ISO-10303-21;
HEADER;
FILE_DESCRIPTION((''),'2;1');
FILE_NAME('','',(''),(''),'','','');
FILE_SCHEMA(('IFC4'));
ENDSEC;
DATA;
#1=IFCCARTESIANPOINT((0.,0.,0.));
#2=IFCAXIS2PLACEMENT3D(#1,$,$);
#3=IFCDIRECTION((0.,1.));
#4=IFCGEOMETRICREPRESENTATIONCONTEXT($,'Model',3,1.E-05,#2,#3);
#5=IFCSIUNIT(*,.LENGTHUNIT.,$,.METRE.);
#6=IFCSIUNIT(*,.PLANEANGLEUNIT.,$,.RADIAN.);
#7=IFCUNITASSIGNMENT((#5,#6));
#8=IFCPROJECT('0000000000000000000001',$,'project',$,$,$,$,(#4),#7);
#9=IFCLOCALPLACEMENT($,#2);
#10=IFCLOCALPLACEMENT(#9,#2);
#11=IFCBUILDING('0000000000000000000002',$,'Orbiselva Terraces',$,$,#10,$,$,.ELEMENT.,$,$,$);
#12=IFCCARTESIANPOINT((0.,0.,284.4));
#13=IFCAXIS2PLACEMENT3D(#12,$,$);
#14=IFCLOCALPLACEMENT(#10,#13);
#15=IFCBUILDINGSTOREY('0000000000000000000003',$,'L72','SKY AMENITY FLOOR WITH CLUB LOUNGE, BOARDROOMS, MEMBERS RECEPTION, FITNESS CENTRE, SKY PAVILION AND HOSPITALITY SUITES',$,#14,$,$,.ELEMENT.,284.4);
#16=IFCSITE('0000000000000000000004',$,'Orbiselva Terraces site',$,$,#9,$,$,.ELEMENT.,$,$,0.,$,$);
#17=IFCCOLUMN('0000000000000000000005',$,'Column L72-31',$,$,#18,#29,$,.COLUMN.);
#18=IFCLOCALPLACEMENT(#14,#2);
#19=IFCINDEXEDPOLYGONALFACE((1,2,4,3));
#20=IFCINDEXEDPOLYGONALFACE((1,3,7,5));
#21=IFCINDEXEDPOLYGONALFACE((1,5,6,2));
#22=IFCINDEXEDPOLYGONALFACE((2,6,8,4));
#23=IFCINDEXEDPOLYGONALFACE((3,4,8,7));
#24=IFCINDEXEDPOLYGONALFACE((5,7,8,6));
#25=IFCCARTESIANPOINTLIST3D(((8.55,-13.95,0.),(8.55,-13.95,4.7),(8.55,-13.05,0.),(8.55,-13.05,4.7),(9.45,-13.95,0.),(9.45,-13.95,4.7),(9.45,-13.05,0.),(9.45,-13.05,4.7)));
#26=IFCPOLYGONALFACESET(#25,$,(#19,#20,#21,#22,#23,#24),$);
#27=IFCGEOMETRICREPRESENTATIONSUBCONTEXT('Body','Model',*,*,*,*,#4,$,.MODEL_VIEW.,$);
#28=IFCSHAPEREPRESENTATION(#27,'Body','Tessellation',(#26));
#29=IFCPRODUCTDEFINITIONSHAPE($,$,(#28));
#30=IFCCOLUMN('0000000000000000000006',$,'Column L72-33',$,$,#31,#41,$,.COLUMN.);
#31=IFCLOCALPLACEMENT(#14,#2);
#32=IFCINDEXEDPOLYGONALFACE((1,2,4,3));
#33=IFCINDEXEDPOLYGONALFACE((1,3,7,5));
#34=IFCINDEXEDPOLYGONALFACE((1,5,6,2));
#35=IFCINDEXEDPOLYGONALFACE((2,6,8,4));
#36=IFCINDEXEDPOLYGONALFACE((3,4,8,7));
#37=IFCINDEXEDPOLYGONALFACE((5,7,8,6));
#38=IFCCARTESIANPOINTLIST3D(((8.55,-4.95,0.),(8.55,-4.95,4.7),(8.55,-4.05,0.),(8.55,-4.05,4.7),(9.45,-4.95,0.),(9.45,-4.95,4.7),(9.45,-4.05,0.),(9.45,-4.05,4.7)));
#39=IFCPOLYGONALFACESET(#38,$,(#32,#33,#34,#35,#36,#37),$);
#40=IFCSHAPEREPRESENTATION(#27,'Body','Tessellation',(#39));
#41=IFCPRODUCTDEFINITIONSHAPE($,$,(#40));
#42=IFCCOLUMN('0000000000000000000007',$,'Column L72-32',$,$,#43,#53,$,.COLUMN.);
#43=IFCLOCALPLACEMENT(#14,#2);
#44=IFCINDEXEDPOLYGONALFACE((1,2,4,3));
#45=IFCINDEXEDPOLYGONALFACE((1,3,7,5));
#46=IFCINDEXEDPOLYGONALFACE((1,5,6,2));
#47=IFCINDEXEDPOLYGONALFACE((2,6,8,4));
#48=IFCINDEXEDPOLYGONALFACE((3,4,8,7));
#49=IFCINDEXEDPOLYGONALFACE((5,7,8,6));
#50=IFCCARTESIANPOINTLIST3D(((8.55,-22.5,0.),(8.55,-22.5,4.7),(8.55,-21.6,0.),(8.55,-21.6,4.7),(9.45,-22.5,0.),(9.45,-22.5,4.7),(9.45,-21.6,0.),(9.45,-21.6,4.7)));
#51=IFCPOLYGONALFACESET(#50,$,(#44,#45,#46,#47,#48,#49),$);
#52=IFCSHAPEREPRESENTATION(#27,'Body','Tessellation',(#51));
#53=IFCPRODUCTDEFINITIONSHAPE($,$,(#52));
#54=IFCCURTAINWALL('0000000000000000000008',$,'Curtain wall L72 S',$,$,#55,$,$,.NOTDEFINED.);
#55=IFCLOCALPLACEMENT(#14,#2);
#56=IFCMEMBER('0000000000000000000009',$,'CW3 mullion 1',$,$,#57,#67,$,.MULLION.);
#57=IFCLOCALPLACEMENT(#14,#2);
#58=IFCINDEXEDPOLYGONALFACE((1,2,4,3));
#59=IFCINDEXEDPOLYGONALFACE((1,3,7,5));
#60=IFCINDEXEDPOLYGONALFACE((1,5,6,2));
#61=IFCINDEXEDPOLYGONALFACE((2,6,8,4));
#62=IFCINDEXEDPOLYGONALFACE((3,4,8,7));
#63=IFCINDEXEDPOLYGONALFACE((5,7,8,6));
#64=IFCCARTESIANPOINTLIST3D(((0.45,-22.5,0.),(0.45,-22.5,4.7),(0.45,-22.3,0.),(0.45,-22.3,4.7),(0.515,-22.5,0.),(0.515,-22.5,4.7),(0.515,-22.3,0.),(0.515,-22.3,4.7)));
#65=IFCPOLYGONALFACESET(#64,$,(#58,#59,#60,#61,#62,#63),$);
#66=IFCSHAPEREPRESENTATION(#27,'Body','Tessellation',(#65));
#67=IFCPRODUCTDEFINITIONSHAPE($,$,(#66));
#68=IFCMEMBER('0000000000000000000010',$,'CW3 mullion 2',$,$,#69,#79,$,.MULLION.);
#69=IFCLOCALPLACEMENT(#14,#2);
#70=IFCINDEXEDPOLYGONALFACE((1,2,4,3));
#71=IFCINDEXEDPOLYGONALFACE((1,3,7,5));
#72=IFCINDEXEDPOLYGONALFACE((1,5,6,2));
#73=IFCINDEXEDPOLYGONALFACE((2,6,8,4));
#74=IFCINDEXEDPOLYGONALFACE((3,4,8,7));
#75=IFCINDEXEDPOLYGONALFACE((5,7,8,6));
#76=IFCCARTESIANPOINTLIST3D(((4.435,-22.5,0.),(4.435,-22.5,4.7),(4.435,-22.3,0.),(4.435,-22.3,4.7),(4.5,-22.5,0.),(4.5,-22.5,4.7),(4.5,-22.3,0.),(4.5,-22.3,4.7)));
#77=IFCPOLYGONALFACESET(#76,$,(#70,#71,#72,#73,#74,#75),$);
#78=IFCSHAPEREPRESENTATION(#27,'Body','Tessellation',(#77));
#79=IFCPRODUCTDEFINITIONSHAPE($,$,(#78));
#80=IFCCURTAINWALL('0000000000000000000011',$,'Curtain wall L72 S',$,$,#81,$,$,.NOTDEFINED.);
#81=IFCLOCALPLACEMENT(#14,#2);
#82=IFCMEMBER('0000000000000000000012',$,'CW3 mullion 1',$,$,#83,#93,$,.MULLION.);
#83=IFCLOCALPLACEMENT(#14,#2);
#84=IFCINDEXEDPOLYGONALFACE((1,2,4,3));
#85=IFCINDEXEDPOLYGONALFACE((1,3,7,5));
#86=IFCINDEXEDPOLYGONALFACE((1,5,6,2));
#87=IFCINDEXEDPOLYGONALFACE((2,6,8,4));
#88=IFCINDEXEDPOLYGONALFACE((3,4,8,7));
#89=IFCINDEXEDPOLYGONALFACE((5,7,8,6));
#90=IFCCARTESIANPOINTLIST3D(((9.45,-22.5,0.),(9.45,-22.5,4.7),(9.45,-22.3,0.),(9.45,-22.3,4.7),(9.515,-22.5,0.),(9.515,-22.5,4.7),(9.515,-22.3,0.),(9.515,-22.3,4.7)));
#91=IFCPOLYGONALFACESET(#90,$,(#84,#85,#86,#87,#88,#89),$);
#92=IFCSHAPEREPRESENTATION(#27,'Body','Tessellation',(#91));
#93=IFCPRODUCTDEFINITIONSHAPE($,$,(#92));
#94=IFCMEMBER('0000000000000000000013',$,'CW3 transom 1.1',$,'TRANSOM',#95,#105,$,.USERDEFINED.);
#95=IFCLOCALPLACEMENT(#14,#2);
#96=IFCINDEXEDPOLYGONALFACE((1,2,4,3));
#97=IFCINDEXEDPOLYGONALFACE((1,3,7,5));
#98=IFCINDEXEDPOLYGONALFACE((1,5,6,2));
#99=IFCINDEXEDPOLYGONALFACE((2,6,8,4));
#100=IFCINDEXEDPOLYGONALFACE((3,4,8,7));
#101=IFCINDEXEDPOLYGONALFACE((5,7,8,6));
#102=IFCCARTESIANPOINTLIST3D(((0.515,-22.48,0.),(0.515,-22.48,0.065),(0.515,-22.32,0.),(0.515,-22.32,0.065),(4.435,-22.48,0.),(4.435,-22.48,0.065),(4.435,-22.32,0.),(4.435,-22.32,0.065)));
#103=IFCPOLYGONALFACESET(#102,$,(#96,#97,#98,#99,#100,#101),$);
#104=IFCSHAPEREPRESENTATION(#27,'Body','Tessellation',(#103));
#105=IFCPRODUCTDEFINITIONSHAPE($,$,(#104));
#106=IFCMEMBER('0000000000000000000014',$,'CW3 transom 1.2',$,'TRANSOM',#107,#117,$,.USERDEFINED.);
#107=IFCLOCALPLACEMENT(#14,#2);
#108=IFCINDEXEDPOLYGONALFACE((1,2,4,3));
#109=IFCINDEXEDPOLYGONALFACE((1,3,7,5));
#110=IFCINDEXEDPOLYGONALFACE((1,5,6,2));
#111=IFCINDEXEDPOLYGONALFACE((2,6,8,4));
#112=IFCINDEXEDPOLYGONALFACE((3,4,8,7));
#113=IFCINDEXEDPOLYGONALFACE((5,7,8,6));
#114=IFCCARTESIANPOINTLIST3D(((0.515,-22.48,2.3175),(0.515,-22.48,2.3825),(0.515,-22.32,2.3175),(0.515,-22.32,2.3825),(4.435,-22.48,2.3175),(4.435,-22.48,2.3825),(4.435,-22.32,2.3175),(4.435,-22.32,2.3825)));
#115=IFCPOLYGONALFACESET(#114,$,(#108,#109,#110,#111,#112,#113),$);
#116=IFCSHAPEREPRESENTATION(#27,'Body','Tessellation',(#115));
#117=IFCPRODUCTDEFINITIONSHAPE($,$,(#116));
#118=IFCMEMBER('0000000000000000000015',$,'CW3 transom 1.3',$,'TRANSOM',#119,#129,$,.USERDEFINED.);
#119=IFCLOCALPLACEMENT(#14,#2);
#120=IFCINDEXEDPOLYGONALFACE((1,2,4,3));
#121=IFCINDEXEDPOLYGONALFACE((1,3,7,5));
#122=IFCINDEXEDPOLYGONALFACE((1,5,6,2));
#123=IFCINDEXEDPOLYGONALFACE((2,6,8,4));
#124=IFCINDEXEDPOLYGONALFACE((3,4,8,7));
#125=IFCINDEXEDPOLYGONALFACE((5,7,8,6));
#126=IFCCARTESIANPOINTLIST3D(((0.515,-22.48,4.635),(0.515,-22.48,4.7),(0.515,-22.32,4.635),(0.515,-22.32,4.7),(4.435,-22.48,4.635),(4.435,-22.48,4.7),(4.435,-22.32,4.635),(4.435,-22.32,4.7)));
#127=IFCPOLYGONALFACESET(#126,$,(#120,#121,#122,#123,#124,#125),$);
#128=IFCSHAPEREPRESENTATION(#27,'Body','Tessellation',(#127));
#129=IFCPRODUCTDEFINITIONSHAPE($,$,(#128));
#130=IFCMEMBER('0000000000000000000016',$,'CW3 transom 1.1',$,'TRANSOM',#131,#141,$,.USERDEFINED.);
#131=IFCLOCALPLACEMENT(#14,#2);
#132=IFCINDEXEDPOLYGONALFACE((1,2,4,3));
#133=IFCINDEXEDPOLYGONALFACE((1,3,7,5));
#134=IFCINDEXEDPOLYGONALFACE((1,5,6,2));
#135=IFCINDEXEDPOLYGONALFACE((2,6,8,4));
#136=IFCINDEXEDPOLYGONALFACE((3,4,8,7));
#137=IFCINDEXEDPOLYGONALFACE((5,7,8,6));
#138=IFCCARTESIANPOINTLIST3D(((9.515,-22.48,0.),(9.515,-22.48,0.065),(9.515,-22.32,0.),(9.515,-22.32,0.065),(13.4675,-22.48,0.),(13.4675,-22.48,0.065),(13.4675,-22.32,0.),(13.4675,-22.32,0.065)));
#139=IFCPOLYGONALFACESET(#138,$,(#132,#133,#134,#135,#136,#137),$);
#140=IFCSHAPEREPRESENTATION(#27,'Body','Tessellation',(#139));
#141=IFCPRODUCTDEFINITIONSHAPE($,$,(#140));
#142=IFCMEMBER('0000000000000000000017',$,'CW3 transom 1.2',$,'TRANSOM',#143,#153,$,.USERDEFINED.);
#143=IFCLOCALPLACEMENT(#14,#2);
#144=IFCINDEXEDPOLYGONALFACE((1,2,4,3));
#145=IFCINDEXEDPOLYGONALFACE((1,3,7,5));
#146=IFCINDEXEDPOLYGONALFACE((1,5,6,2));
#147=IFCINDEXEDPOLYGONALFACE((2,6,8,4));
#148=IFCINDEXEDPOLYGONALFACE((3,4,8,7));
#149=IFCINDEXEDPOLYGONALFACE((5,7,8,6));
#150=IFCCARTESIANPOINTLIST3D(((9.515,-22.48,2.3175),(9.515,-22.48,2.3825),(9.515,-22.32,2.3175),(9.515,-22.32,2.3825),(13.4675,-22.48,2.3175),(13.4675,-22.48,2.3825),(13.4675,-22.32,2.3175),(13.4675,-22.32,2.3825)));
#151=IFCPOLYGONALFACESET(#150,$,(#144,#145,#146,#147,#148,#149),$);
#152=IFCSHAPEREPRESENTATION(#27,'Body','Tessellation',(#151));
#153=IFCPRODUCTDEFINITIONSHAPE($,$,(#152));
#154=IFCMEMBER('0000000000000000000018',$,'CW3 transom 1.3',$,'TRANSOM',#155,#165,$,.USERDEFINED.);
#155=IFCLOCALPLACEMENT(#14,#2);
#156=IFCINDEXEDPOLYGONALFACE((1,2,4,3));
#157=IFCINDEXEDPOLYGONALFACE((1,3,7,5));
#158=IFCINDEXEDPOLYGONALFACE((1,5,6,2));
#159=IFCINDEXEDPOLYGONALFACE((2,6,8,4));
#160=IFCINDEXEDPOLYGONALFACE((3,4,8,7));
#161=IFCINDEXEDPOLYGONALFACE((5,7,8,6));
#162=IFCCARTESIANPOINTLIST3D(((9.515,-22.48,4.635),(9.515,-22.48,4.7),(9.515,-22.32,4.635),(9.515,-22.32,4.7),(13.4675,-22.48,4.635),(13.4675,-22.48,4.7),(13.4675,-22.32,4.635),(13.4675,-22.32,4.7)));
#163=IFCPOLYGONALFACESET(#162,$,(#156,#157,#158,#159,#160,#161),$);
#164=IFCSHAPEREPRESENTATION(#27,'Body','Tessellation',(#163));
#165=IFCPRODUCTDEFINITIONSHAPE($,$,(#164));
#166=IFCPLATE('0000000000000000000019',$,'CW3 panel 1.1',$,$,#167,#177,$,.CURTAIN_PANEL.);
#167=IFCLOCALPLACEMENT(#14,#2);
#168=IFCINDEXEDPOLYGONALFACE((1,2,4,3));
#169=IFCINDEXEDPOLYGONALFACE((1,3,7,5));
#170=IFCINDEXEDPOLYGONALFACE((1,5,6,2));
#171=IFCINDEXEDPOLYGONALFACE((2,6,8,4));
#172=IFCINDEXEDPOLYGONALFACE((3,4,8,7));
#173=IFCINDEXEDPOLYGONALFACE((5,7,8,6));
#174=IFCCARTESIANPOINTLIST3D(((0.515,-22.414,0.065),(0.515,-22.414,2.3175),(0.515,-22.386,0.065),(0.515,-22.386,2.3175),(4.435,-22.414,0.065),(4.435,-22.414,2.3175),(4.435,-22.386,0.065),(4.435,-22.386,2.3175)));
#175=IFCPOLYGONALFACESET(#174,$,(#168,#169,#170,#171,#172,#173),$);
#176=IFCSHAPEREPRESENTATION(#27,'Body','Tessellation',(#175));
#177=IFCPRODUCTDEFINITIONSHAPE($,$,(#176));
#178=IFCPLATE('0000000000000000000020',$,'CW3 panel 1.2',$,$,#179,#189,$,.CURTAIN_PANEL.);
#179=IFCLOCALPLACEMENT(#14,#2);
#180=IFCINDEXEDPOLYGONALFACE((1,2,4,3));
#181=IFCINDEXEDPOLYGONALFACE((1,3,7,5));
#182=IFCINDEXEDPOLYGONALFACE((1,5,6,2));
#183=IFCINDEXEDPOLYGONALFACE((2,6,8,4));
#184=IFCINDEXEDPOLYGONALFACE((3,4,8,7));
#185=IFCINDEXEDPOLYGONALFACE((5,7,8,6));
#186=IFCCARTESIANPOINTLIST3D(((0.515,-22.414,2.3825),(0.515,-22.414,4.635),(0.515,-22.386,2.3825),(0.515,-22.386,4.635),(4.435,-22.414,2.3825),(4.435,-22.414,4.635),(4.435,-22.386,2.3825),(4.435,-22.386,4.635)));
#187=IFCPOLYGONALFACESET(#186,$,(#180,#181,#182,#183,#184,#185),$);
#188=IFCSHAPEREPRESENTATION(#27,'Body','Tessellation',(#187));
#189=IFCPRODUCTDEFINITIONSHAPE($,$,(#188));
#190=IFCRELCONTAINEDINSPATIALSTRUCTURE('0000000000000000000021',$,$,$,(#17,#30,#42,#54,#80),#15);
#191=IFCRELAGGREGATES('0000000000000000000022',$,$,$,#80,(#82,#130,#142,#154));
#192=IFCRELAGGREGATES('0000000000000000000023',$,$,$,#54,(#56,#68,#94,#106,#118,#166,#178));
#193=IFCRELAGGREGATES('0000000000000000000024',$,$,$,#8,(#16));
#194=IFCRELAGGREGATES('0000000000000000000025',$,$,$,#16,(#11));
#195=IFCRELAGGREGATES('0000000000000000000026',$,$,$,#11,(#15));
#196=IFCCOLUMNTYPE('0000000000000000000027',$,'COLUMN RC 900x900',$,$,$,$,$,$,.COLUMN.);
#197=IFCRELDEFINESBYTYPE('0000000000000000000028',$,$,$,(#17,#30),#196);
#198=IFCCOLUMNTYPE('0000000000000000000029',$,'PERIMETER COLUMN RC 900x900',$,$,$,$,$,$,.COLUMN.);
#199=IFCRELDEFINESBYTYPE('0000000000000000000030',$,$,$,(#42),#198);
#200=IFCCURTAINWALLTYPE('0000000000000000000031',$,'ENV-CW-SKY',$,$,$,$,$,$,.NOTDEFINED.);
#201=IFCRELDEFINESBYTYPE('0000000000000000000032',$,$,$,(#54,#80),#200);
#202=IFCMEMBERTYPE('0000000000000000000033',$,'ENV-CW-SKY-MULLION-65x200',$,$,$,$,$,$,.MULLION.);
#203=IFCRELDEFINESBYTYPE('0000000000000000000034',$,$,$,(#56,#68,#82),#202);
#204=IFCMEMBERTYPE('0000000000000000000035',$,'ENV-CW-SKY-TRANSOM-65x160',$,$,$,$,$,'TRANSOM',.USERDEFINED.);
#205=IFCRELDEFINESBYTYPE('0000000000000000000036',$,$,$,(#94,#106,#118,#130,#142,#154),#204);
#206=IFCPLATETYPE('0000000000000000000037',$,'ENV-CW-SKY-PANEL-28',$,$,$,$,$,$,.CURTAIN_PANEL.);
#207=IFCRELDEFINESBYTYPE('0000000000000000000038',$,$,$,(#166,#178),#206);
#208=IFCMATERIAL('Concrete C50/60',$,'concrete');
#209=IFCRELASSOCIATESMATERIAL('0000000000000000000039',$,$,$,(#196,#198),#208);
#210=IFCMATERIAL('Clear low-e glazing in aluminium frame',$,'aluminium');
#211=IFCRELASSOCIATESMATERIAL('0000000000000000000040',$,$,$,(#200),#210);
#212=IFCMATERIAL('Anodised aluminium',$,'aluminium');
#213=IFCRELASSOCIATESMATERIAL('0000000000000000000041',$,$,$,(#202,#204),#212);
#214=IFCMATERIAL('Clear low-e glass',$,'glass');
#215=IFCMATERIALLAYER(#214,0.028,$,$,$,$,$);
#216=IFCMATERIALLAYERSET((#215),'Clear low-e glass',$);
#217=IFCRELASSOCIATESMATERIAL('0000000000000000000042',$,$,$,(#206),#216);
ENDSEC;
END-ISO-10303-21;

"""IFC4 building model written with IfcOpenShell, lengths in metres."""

from ifc_helpers import new_model, si_unit, direction, frame, origin, origin_2d, place, context, subcontext, project, spatial, rectangle, extrude, material, layer, layer_set, material_profile, profile_set, type_object, element, aggregate, save


model = new_model("IFC4")

# Units and contexts
model_context = context("Model", 3, precision=1e-05, world=origin(), true_north=direction((0.0, 1.0)))
body_context = subcontext(model_context, "Body", "Model", "MODEL_VIEW")
ifc_project = project(units=[si_unit("LENGTHUNIT", "METRE"), si_unit("PLANEANGLEUNIT", "RADIAN")], contexts=[model_context])

# Site, building, storey
site_placement = place(None, origin())
site = spatial("IfcSite", under=ifc_project, at=site_placement, Name="Orbiselva Terraces site", CompositionType="ELEMENT", RefElevation=0.0)
building_placement = place(site_placement, origin())
building = spatial("IfcBuilding", under=site, at=building_placement, Name="Orbiselva Terraces", CompositionType="ELEMENT")
storey_placement = place(building_placement, frame((0.0, 0.0, 284.4)))
storey = spatial("IfcBuildingStorey", under=building, at=storey_placement, Name="L72", Description="SKY AMENITY FLOOR WITH CLUB LOUNGE, BOARDROOMS, MEMBERS RECEPTION, FITNESS CENTRE, SKY PAVILION AND HOSPITALITY SUITES", CompositionType="ELEMENT", Elevation=284.4)

# Columns
ifc_material_1 = material(Name="Concrete C50/60", Category="concrete")
ifc_material_profile_1 = material_profile(ifc_material_1, rectangle(XDim=0.9, YDim=0.9, at=origin_2d()), Name="RC 900x900")
ifc_profile_set_1 = profile_set([ifc_material_profile_1], Name="Concrete C50/60")
column_type_1 = type_object("IfcColumnType", Name="COLUMN RC 900x900", PredefinedType="COLUMN", material=ifc_profile_set_1)
for number, where, z_axis, x_axis, name in (
    (1, (9.0, -13.5, 0.0), (0.0, 0.0, 1.0), (1.0, 0.0, 0.0), "Column L72-31"),
    (2, (9.0, -4.5, 0.0), (0.0, 0.0, 1.0), (1.0, 0.0, 0.0), "Column L72-33"),
):
    element("IfcColumn", number, at=place(storey_placement, frame(where, z_axis=z_axis, x_axis=x_axis)), inside=storey, type_object=column_type_1, Name=name, PredefinedType="COLUMN", context=body_context, shape_type="SweptSolid", body=[
        extrude(rectangle(XDim=0.9, YDim=0.9, at=origin_2d()), origin(), (0.0, 0.0, 1.0), 4.7),
    ])
ifc_material_profile_2 = material_profile(ifc_material_1, rectangle(XDim=0.9, YDim=0.9, at=origin_2d()), Name="RC 900x900")
ifc_profile_set_2 = profile_set([ifc_material_profile_2], Name="Concrete C50/60")
column_type_2 = type_object("IfcColumnType", Name="PERIMETER COLUMN RC 900x900", PredefinedType="COLUMN", material=ifc_profile_set_2)
column_placement = place(storey_placement, frame((9.0, -22.05, 0.0), z_axis=(0.0, 0.0, 1.0), x_axis=(1.0, 0.0, 0.0)))
element("IfcColumn", 3, at=column_placement, inside=storey, type_object=column_type_2, Name="Column L72-32", PredefinedType="COLUMN", context=body_context, shape_type="SweptSolid", body=[
    extrude(rectangle(XDim=0.9, YDim=0.9, at=origin_2d()), origin(), (0.0, 0.0, 1.0), 4.7),
])

# Curtain wall, members
ifc_material_2 = material(Name="Clear low-e glazing in aluminium frame", Category="aluminium")
curtain_wall_type = type_object("IfcCurtainWallType", Name="ENV-CW-SKY", PredefinedType="NOTDEFINED", material=ifc_material_2)
curtain_wall_1_placement = place(storey_placement, origin())
curtain_wall_1 = element("IfcCurtainWall", 4, at=curtain_wall_1_placement, inside=storey, type_object=curtain_wall_type, Name="Curtain wall L72 S", PredefinedType="NOTDEFINED")
ifc_material_3 = material(Name="Anodised aluminium", Category="aluminium")
ifc_material_profile_3 = material_profile(ifc_material_3, rectangle(XDim=0.2, YDim=0.065, at=origin_2d()), Name="AL 65x200")
ifc_profile_set_3 = profile_set([ifc_material_profile_3], Name="Anodised aluminium")
member_type_1 = type_object("IfcMemberType", Name="ENV-CW-SKY-MULLION-65x200", PredefinedType="MULLION", material=ifc_profile_set_3)
member_1_placement = place(storey_placement, frame((0.4825, -22.4, 0.0), z_axis=(0.0, 0.0, 1.0), x_axis=(0.0, 1.0, 0.0)))
member_1 = element("IfcMember", 5, at=member_1_placement, type_object=member_type_1, Name="CW3 mullion 1", PredefinedType="MULLION", context=body_context, shape_type="SweptSolid", body=[
    extrude(rectangle(XDim=0.2, YDim=0.065, at=origin_2d()), origin(), (0.0, 0.0, 1.0), 4.7),
])
member_2_placement = place(storey_placement, frame((4.4675, -22.4, 0.0), z_axis=(0.0, 0.0, 1.0), x_axis=(0.0, 1.0, 0.0)))
member_2 = element("IfcMember", 6, at=member_2_placement, type_object=member_type_1, Name="CW3 mullion 2", PredefinedType="MULLION", context=body_context, shape_type="SweptSolid", body=[
    extrude(rectangle(XDim=0.2, YDim=0.065, at=origin_2d()), origin(), (0.0, 0.0, 1.0), 4.7),
])

# Curtain wall, member
curtain_wall_2_placement = place(storey_placement, origin())
curtain_wall_2 = element("IfcCurtainWall", 7, at=curtain_wall_2_placement, inside=storey, type_object=curtain_wall_type, Name="Curtain wall L72 S", PredefinedType="NOTDEFINED")
member_3_placement = place(storey_placement, frame((9.4825, -22.4, 0.0), z_axis=(0.0, 0.0, 1.0), x_axis=(0.0, 1.0, 0.0)))
member_3 = element("IfcMember", 8, at=member_3_placement, type_object=member_type_1, Name="CW3 mullion 1", PredefinedType="MULLION", context=body_context, shape_type="SweptSolid", body=[
    extrude(rectangle(XDim=0.2, YDim=0.065, at=origin_2d()), origin(), (0.0, 0.0, 1.0), 4.7),
])

# Members
ifc_material_profile_4 = material_profile(ifc_material_3, rectangle(XDim=0.16, YDim=0.065, at=origin_2d()), Name="AL 65x160")
ifc_profile_set_4 = profile_set([ifc_material_profile_4], Name="Anodised aluminium")
member_type_2 = type_object("IfcMemberType", Name="ENV-CW-SKY-TRANSOM-65x160", ElementType="TRANSOM", PredefinedType="USERDEFINED", material=ifc_profile_set_4)
member_4_placement = place(storey_placement, frame((0.515, -22.4, 0.0325), z_axis=(1.0, 0.0, 0.0), x_axis=(0.0, 1.0, 0.0)))
member_4 = element("IfcMember", 9, at=member_4_placement, type_object=member_type_2, Name="CW3 transom 1.1", ObjectType="TRANSOM", PredefinedType="USERDEFINED", context=body_context, shape_type="SweptSolid", body=[
    extrude(rectangle(XDim=0.16, YDim=0.065, at=origin_2d()), origin(), (0.0, 0.0, 1.0), 3.92),
])
member_5_placement = place(storey_placement, frame((0.515, -22.4, 2.35), z_axis=(1.0, 0.0, 0.0), x_axis=(0.0, 1.0, 0.0)))
member_5 = element("IfcMember", 10, at=member_5_placement, type_object=member_type_2, Name="CW3 transom 1.2", ObjectType="TRANSOM", PredefinedType="USERDEFINED", context=body_context, shape_type="SweptSolid", body=[
    extrude(rectangle(XDim=0.16, YDim=0.065, at=origin_2d()), origin(), (0.0, 0.0, 1.0), 3.92),
])
member_6_placement = place(storey_placement, frame((0.515, -22.4, 4.6675), z_axis=(1.0, 0.0, 0.0), x_axis=(0.0, 1.0, 0.0)))
member_6 = element("IfcMember", 11, at=member_6_placement, type_object=member_type_2, Name="CW3 transom 1.3", ObjectType="TRANSOM", PredefinedType="USERDEFINED", context=body_context, shape_type="SweptSolid", body=[
    extrude(rectangle(XDim=0.16, YDim=0.065, at=origin_2d()), origin(), (0.0, 0.0, 1.0), 3.92),
])
member_7_placement = place(storey_placement, frame((9.515, -22.4, 0.0325), z_axis=(1.0, 0.0, 0.0), x_axis=(0.0, 1.0, 0.0)))
member_7 = element("IfcMember", 12, at=member_7_placement, type_object=member_type_2, Name="CW3 transom 1.1", ObjectType="TRANSOM", PredefinedType="USERDEFINED", context=body_context, shape_type="SweptSolid", body=[
    extrude(rectangle(XDim=0.16, YDim=0.065, at=origin_2d()), origin(), (0.0, 0.0, 1.0), 3.9525),
])
member_8_placement = place(storey_placement, frame((9.515, -22.4, 2.35), z_axis=(1.0, 0.0, 0.0), x_axis=(0.0, 1.0, 0.0)))
member_8 = element("IfcMember", 13, at=member_8_placement, type_object=member_type_2, Name="CW3 transom 1.2", ObjectType="TRANSOM", PredefinedType="USERDEFINED", context=body_context, shape_type="SweptSolid", body=[
    extrude(rectangle(XDim=0.16, YDim=0.065, at=origin_2d()), origin(), (0.0, 0.0, 1.0), 3.9525),
])
member_9_placement = place(storey_placement, frame((9.515, -22.4, 4.6675), z_axis=(1.0, 0.0, 0.0), x_axis=(0.0, 1.0, 0.0)))
member_9 = element("IfcMember", 14, at=member_9_placement, type_object=member_type_2, Name="CW3 transom 1.3", ObjectType="TRANSOM", PredefinedType="USERDEFINED", context=body_context, shape_type="SweptSolid", body=[
    extrude(rectangle(XDim=0.16, YDim=0.065, at=origin_2d()), origin(), (0.0, 0.0, 1.0), 3.9525),
])
aggregate(curtain_wall_2, [member_3, member_7, member_8, member_9])

# Plates
ifc_material_4 = material(Name="Clear low-e glass", Category="glass")
ifc_layer_1 = layer(ifc_material_4, 0.028)
ifc_layer_set_1 = layer_set([ifc_layer_1], Name="Clear low-e glass")
plate_type = type_object("IfcPlateType", Name="ENV-CW-SKY-PANEL-28", PredefinedType="CURTAIN_PANEL", material=ifc_layer_set_1)
plate_1_placement = place(storey_placement, frame((2.475, -22.4, 0.065), z_axis=(0.0, 0.0, 1.0), x_axis=(1.0, 0.0, 0.0)))
plate_1 = element("IfcPlate", 15, at=plate_1_placement, type_object=plate_type, Name="CW3 panel 1.1", PredefinedType="CURTAIN_PANEL", context=body_context, shape_type="SweptSolid", body=[
    extrude(rectangle(XDim=3.92, YDim=0.028, at=origin_2d()), origin(), (0.0, 0.0, 1.0), 2.2525),
])
plate_2_placement = place(storey_placement, frame((2.475, -22.4, 2.3825), z_axis=(0.0, 0.0, 1.0), x_axis=(1.0, 0.0, 0.0)))
plate_2 = element("IfcPlate", 16, at=plate_2_placement, type_object=plate_type, Name="CW3 panel 1.2", PredefinedType="CURTAIN_PANEL", context=body_context, shape_type="SweptSolid", body=[
    extrude(rectangle(XDim=3.92, YDim=0.028, at=origin_2d()), origin(), (0.0, 0.0, 1.0), 2.2525),
])
aggregate(curtain_wall_1, [member_1, member_2, member_4, member_5, member_6, plate_1, plate_2])

save(model, "model.ifc")
